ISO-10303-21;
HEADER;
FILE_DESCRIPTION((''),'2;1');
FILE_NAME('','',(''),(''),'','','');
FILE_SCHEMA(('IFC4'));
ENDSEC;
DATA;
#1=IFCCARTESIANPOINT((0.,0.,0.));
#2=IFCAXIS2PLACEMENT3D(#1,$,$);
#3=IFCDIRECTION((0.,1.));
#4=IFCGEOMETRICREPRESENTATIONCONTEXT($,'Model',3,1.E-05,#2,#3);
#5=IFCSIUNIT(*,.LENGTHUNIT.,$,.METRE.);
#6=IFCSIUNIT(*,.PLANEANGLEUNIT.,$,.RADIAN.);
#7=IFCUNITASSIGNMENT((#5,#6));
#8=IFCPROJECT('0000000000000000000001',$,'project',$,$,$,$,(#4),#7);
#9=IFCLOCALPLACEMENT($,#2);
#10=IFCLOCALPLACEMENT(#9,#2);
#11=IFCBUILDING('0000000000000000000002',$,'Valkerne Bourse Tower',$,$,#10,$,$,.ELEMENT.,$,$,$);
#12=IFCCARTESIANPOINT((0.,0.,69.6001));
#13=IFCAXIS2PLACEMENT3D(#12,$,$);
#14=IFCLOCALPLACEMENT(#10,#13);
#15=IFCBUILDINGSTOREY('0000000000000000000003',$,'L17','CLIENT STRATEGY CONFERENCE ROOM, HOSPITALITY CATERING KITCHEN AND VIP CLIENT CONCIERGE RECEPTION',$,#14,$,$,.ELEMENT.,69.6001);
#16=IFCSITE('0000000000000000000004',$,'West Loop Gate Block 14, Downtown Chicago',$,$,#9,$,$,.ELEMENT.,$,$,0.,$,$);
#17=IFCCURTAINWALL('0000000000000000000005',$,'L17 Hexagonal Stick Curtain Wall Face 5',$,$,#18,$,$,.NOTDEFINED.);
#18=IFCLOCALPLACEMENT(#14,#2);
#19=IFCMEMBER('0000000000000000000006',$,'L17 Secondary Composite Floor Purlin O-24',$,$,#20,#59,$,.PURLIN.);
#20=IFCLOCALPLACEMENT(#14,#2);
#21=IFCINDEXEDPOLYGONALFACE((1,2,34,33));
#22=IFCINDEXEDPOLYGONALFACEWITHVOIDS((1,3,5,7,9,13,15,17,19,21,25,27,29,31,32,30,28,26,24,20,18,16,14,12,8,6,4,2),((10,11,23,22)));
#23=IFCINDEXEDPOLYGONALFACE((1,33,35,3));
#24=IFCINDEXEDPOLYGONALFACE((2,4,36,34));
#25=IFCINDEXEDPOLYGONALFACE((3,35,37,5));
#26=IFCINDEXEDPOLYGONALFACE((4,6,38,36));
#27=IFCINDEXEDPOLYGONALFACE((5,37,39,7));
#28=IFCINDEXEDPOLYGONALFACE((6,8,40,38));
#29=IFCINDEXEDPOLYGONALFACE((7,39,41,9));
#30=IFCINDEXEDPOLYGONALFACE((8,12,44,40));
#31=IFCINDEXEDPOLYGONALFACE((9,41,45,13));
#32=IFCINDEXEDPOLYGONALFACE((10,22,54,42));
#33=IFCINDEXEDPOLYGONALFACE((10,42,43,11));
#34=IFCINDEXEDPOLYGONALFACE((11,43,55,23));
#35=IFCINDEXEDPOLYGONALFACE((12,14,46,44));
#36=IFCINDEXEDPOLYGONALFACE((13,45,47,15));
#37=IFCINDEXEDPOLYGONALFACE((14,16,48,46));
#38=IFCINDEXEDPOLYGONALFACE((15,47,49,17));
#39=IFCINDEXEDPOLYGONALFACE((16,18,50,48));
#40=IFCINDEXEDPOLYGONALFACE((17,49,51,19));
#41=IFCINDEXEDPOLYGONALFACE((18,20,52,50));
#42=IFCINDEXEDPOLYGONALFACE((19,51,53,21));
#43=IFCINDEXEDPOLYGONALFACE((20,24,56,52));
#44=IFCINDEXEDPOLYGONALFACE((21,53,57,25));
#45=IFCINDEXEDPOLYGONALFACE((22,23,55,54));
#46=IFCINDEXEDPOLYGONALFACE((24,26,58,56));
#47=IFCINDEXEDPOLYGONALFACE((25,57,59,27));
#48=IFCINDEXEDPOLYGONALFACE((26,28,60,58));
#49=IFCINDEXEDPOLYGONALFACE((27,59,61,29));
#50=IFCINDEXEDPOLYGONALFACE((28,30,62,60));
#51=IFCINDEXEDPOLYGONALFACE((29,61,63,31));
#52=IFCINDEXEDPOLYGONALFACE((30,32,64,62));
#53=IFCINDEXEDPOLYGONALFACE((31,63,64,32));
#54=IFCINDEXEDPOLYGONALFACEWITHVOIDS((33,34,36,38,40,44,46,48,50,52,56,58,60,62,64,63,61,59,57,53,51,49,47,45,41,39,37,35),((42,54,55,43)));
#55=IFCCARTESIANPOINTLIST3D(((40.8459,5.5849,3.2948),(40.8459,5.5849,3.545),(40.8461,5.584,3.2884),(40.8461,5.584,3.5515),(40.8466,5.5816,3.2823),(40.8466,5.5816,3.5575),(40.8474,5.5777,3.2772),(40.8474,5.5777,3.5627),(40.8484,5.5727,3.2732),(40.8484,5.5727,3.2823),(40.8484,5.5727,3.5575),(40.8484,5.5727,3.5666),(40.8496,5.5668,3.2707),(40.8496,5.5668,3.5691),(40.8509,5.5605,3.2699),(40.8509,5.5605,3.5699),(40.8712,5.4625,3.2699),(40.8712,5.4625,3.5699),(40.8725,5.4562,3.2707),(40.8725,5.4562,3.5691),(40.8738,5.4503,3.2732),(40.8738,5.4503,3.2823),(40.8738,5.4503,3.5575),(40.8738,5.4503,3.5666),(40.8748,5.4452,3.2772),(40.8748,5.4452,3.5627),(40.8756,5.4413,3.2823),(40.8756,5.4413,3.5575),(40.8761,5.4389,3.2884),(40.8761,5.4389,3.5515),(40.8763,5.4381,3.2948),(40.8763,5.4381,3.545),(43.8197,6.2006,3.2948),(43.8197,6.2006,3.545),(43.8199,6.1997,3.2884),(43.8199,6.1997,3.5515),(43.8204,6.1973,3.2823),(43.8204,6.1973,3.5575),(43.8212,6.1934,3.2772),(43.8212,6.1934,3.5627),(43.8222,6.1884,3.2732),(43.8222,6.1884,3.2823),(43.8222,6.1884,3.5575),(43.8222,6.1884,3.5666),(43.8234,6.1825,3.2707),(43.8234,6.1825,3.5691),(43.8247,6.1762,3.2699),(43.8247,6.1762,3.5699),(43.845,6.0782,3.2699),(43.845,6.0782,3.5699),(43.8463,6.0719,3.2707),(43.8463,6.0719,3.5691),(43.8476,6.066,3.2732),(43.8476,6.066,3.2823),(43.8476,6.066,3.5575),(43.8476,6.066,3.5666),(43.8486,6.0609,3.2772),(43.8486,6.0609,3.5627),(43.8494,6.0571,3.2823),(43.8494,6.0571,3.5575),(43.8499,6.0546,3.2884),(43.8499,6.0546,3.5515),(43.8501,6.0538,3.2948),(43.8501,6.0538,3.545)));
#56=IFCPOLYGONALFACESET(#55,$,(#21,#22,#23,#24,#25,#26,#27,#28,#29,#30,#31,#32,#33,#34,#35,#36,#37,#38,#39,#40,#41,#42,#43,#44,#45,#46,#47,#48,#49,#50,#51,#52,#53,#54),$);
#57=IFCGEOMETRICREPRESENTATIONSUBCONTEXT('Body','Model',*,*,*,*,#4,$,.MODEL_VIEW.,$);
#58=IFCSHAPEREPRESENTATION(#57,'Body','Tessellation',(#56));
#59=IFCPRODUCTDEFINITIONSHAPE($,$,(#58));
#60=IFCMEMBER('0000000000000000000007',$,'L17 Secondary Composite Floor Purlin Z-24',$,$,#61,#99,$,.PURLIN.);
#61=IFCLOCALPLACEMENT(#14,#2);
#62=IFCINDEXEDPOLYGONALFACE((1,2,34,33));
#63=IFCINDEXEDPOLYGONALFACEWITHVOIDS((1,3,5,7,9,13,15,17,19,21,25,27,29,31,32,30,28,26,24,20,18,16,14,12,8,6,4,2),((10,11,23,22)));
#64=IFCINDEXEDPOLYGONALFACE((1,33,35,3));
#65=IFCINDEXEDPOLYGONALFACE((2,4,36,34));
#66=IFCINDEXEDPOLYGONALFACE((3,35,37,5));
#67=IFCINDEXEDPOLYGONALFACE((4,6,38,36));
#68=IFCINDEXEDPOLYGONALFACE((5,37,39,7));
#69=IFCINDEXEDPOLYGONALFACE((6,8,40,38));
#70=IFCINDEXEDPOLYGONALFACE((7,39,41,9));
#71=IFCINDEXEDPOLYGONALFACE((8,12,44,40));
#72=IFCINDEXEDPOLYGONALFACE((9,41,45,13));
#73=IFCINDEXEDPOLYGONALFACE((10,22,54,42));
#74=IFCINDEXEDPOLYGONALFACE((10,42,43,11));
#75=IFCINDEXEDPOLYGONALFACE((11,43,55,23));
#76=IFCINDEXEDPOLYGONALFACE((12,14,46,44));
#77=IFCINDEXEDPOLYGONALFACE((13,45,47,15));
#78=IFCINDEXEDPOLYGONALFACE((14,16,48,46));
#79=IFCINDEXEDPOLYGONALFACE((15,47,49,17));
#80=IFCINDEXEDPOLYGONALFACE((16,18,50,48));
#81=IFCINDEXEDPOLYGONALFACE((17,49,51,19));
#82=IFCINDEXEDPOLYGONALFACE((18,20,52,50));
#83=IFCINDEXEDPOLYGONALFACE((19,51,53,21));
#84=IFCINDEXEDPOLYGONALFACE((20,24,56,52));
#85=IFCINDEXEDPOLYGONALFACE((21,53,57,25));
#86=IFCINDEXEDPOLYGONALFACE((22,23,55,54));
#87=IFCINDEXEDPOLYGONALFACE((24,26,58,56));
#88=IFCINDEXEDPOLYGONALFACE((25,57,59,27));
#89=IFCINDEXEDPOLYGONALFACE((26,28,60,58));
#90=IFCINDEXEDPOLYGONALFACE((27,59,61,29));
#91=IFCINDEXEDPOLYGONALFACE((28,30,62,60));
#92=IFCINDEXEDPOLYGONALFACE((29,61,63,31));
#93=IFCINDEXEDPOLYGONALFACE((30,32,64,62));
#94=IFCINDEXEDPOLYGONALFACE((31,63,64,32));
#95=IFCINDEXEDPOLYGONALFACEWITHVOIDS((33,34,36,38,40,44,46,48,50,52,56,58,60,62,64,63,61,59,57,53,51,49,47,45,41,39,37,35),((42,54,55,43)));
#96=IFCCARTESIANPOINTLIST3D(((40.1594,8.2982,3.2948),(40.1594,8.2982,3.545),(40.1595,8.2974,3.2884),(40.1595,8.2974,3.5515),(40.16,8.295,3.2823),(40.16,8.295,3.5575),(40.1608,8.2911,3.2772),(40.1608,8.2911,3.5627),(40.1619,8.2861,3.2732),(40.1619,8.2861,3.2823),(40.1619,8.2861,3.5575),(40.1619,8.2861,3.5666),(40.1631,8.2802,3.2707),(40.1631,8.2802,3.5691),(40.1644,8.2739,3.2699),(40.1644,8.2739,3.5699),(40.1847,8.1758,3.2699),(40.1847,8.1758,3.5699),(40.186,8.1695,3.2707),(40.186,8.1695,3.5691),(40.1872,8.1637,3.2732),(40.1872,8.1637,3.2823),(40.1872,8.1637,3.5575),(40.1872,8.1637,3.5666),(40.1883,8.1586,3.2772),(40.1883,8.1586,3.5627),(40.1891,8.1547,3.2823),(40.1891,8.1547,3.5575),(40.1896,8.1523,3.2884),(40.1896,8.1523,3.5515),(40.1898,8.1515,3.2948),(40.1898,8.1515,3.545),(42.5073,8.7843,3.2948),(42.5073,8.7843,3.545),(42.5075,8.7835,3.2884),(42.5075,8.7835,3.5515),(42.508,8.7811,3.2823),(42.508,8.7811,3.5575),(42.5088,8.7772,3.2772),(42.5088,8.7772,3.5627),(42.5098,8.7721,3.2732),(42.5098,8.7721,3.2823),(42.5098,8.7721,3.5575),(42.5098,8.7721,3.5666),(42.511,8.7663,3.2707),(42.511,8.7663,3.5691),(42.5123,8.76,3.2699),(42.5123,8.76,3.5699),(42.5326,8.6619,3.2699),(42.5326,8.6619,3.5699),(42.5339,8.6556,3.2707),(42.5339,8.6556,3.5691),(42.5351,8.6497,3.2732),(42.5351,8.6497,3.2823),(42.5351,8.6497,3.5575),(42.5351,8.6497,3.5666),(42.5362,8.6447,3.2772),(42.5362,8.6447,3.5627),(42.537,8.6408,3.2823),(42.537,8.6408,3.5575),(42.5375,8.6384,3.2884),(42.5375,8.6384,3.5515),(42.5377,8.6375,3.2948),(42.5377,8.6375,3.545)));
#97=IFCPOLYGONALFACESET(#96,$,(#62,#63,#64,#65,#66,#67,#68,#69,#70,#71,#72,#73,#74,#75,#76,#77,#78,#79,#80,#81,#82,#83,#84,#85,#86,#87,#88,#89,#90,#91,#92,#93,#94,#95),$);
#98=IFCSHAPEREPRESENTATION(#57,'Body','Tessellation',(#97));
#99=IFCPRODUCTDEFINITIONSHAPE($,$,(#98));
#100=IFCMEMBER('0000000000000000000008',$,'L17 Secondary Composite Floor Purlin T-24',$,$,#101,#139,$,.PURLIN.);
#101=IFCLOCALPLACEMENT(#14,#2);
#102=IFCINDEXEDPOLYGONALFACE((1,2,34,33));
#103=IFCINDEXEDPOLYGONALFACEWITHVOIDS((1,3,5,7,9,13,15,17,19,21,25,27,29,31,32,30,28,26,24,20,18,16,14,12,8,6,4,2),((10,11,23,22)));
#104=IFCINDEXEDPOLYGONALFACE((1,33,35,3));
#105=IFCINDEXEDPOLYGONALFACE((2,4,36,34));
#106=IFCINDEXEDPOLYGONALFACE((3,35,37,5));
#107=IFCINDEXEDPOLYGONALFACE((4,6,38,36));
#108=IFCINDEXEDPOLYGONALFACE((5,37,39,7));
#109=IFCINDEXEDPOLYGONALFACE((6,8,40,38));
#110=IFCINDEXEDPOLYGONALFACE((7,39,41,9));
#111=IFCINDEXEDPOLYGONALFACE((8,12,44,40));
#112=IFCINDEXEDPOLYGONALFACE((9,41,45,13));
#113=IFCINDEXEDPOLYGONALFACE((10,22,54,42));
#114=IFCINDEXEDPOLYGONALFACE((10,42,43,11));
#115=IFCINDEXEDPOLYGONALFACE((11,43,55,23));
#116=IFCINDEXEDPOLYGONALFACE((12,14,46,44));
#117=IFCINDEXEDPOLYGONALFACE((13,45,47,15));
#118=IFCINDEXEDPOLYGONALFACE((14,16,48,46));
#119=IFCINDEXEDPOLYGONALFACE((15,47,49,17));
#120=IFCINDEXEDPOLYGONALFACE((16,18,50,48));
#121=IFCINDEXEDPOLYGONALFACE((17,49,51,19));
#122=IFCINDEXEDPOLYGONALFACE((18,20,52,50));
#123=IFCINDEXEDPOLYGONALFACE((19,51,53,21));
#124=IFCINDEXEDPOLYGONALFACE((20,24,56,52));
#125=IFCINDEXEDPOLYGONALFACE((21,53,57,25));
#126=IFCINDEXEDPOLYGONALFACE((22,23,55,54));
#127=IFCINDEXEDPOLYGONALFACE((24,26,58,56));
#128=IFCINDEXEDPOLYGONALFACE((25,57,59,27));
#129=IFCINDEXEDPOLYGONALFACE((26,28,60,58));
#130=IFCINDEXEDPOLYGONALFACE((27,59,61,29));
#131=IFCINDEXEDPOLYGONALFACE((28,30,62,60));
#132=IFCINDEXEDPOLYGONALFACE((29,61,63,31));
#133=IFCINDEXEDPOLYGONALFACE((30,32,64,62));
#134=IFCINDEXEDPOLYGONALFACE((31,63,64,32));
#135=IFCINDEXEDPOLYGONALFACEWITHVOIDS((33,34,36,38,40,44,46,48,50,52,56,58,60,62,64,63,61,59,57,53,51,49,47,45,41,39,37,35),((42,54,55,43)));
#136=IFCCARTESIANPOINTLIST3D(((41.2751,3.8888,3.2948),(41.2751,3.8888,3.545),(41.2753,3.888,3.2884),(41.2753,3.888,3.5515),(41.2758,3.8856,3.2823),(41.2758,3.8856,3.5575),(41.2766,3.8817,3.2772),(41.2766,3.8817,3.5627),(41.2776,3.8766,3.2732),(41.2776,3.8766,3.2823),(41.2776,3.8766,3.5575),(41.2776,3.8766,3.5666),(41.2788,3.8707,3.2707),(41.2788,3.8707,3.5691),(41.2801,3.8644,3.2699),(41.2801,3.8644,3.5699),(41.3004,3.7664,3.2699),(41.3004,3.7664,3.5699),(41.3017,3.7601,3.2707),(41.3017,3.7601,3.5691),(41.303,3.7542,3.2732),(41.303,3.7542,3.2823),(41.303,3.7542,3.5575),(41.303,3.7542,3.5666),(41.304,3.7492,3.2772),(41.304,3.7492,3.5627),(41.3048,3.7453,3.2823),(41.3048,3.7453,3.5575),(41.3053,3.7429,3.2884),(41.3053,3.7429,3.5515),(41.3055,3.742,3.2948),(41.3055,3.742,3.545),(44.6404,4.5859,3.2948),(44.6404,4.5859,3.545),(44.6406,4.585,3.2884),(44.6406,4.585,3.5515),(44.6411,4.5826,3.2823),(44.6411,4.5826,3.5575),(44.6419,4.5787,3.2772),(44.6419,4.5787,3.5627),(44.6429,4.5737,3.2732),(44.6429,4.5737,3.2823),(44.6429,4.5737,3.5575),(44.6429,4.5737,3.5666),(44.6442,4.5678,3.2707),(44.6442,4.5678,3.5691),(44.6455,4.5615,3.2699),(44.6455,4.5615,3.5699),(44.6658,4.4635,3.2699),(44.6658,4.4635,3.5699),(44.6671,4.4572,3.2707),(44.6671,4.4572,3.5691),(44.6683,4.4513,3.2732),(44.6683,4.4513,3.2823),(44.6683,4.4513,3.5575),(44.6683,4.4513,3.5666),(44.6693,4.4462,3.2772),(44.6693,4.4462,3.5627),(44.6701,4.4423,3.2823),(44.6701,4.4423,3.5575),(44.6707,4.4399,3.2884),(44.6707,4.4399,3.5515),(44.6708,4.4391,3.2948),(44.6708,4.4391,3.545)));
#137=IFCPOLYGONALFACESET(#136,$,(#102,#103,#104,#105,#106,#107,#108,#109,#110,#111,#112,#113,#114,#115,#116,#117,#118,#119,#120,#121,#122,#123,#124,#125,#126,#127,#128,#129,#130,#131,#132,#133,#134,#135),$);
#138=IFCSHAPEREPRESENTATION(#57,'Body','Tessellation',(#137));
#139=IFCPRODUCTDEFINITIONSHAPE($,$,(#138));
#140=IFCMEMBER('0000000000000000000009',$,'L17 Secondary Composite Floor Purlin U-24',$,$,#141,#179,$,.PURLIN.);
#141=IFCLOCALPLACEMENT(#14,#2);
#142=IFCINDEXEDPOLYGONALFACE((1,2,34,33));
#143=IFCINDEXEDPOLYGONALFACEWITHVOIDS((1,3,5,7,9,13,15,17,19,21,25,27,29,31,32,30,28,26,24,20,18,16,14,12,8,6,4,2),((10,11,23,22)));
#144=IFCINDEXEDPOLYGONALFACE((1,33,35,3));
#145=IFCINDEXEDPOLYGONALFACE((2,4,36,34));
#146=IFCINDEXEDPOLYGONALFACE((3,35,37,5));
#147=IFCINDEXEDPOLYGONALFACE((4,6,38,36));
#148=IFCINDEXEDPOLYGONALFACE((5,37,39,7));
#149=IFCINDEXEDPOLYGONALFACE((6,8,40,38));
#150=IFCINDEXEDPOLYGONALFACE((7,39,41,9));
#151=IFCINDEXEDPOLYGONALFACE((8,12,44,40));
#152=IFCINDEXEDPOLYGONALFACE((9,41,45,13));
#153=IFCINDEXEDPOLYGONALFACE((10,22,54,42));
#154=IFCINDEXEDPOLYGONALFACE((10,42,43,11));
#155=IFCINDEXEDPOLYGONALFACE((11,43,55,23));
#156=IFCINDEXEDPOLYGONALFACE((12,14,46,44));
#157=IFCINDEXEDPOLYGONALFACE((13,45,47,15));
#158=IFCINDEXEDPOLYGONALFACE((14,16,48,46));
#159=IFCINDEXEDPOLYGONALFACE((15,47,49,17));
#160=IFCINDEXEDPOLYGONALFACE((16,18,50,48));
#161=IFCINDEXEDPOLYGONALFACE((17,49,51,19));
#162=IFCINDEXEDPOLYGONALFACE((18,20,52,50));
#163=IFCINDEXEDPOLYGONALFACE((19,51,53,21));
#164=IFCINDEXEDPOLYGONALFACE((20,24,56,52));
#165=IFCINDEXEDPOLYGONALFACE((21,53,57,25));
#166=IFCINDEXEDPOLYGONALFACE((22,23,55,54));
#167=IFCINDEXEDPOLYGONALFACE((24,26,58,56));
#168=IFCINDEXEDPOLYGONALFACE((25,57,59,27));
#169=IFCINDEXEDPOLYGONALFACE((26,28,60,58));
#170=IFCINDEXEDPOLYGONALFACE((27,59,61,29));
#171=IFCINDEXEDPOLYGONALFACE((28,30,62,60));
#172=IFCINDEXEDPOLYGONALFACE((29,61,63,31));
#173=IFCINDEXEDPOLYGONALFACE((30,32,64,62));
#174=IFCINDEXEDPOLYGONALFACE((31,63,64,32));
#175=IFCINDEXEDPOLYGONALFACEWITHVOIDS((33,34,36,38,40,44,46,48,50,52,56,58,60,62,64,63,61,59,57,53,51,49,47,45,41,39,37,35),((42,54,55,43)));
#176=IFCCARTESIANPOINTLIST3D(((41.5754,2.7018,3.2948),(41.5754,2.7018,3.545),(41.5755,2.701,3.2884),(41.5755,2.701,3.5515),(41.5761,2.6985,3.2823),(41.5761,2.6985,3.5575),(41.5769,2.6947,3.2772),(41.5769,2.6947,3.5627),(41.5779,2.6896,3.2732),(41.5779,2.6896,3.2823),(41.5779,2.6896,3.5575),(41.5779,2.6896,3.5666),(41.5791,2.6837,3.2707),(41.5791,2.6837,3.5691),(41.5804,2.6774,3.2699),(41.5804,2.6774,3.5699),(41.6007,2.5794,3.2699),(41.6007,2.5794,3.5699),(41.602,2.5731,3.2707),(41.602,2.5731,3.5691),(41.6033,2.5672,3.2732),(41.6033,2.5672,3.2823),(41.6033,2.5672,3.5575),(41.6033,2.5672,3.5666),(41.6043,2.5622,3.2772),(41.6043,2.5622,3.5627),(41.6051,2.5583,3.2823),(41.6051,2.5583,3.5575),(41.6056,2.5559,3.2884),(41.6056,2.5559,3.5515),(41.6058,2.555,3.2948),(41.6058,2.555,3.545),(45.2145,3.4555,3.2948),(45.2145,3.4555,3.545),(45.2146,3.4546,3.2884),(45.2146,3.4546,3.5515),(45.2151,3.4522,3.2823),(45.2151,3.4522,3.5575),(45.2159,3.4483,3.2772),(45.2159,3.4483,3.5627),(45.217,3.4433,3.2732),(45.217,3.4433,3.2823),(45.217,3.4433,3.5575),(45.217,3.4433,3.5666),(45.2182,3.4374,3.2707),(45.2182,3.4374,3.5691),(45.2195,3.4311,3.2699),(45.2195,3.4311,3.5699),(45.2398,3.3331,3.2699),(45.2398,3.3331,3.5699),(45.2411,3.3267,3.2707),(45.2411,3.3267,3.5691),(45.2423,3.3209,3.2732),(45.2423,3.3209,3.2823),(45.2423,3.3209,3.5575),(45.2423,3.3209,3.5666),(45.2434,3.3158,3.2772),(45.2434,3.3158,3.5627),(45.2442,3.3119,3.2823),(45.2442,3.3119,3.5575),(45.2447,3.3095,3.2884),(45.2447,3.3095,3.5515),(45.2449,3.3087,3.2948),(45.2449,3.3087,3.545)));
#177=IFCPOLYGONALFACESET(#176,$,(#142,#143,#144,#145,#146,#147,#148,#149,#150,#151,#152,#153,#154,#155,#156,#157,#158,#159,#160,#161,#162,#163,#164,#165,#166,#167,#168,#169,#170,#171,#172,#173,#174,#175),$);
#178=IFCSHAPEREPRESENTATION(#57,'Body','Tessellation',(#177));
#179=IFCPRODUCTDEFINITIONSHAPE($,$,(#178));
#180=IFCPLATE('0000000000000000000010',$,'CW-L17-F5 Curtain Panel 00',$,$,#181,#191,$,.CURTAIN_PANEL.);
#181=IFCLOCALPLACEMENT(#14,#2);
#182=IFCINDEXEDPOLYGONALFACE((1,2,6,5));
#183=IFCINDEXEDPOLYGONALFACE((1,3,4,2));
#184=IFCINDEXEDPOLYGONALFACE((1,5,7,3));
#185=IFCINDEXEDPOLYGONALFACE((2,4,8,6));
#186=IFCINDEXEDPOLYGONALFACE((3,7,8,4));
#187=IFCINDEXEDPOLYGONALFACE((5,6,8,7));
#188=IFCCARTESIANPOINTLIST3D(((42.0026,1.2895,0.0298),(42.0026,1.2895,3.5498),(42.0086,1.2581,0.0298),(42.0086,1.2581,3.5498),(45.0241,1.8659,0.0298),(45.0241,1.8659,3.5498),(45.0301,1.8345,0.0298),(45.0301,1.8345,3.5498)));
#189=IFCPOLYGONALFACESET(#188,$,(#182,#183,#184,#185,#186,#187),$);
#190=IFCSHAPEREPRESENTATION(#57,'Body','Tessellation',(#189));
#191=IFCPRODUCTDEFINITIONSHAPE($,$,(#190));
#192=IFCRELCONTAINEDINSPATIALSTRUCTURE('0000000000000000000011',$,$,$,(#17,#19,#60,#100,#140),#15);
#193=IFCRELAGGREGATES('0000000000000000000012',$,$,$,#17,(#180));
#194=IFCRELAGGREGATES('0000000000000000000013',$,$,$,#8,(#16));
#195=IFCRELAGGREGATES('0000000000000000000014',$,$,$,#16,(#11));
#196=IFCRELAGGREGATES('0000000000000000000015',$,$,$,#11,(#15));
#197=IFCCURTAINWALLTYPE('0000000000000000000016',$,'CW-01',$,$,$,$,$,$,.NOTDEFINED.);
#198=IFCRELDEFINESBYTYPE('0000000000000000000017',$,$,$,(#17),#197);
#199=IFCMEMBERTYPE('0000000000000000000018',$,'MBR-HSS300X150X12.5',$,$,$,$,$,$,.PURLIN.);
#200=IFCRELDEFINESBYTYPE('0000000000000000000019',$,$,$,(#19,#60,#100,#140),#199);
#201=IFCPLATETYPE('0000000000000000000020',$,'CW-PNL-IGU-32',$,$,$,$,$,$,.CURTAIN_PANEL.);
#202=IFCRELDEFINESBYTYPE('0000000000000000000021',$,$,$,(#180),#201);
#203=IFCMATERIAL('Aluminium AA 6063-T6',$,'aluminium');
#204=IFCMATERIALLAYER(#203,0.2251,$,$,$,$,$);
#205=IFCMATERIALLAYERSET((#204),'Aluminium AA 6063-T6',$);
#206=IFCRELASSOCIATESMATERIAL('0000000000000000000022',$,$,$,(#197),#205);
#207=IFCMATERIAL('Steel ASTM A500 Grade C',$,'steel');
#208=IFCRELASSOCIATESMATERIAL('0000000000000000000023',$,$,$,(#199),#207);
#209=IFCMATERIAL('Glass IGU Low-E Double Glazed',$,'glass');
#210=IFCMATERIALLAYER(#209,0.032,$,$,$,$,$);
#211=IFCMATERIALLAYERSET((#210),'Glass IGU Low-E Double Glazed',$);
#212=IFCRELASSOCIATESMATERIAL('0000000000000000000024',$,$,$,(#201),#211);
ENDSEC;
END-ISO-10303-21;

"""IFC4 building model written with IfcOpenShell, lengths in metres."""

from ifc_helpers import new_model, si_unit, direction, frame, origin, origin_2d, place, context, subcontext, project, spatial, rectangle, hollow_rectangle, extrude, material, layer, layer_set, material_profile, profile_set, type_object, element, aggregate, save


model = new_model("IFC4")

# Units and contexts
model_context = context("Model", 3, precision=1e-05, world=origin(), true_north=direction((0.0, 1.0)))
body_context = subcontext(model_context, "Body", "Model", "MODEL_VIEW")
ifc_project = project(units=[si_unit("LENGTHUNIT", "METRE"), si_unit("PLANEANGLEUNIT", "RADIAN")], contexts=[model_context])

# Site, building, storey
site_placement = place(None, origin())
site = spatial("IfcSite", under=ifc_project, at=site_placement, Name="West Loop Gate Block 14, Downtown Chicago", CompositionType="ELEMENT", RefElevation=0.0)
building_placement = place(site_placement, origin())
building = spatial("IfcBuilding", under=site, at=building_placement, Name="Valkerne Bourse Tower", CompositionType="ELEMENT")
storey_placement = place(building_placement, frame((0.0, 0.0, 69.6001)))
storey = spatial("IfcBuildingStorey", under=building, at=storey_placement, Name="L17", Description="CLIENT STRATEGY CONFERENCE ROOM, HOSPITALITY CATERING KITCHEN AND VIP CLIENT CONCIERGE RECEPTION", CompositionType="ELEMENT", Elevation=69.6001)

# Curtain wall
ifc_material_1 = material(Name="Aluminium AA 6063-T6", Category="aluminium")
ifc_layer_1 = layer(ifc_material_1, 0.2251)
ifc_layer_set_1 = layer_set([ifc_layer_1], Name="Aluminium AA 6063-T6")
curtain_wall_type = type_object("IfcCurtainWallType", Name="CW-01", PredefinedType="NOTDEFINED", material=ifc_layer_set_1)
curtain_wall_placement = place(storey_placement, origin())
curtain_wall = element("IfcCurtainWall", 1, at=curtain_wall_placement, inside=storey, type_object=curtain_wall_type, Name="L17 Hexagonal Stick Curtain Wall Face 5", PredefinedType="NOTDEFINED")

# Members
ifc_material_2 = material(Name="Steel ASTM A500 Grade C", Category="steel")
ifc_material_profile_1 = material_profile(ifc_material_2, hollow_rectangle(XDim=0.1499, YDim=0.3, WallThickness=0.0125, OuterFilletRadius=0.0249, at=origin_2d()), Name="HSS300X150X12.5")
ifc_profile_set_1 = profile_set([ifc_material_profile_1], Name="Steel ASTM A500 Grade C")
member_type_1 = type_object("IfcMemberType", Name="MBR-HSS300X150X12.5", PredefinedType="PURLIN", material=ifc_profile_set_1)
member_1_placement = place(storey_placement, frame((40.8611, 5.5115, 3.4199), z_axis=(0.979232, 0.202744, 0.0), x_axis=(-0.202744, 0.979232, 0.0)))
element("IfcMember", 2, at=member_1_placement, inside=storey, type_object=member_type_1, Name="L17 Secondary Composite Floor Purlin O-24", PredefinedType="PURLIN", context=body_context, shape_type="SweptSolid", body=[
    extrude(hollow_rectangle(XDim=0.1499, YDim=0.3, WallThickness=0.0125, OuterFilletRadius=0.0249, at=origin_2d()), origin(), (0.0, 0.0, 1.0), 3.0369),
])
member_2_placement = place(storey_placement, frame((40.1746, 8.2249, 3.4199), z_axis=(0.979235, 0.20273, 0.0), x_axis=(-0.20273, 0.979235, 0.0)))
element("IfcMember", 3, at=member_2_placement, inside=storey, type_object=member_type_1, Name="L17 Secondary Composite Floor Purlin Z-24", PredefinedType="PURLIN", context=body_context, shape_type="SweptSolid", body=[
    extrude(hollow_rectangle(XDim=0.1499, YDim=0.3, WallThickness=0.0125, OuterFilletRadius=0.0249, at=origin_2d()), origin(), (0.0, 0.0, 1.0), 2.3977),
])
member_3_placement = place(storey_placement, frame((41.2903, 3.8154, 3.4199), z_axis=(0.979216, 0.202819, 0.0), x_axis=(-0.202819, 0.979216, 0.0)))
element("IfcMember", 4, at=member_3_placement, inside=storey, type_object=member_type_1, Name="L17 Secondary Composite Floor Purlin T-24", PredefinedType="PURLIN", context=body_context, shape_type="SweptSolid", body=[
    extrude(hollow_rectangle(XDim=0.1499, YDim=0.3, WallThickness=0.0125, OuterFilletRadius=0.0249, at=origin_2d()), origin(), (0.0, 0.0, 1.0), 3.4368),
])
member_4_placement = place(storey_placement, frame((41.5906, 2.6284, 3.4199), z_axis=(0.979221, 0.202795, 0.0), x_axis=(-0.202795, 0.979221, 0.0)))
element("IfcMember", 5, at=member_4_placement, inside=storey, type_object=member_type_1, Name="L17 Secondary Composite Floor Purlin U-24", PredefinedType="PURLIN", context=body_context, shape_type="SweptSolid", body=[
    extrude(hollow_rectangle(XDim=0.1499, YDim=0.3, WallThickness=0.0125, OuterFilletRadius=0.0249, at=origin_2d()), origin(), (0.0, 0.0, 1.0), 3.7163),
])

# Plate
ifc_material_3 = material(Name="Glass IGU Low-E Double Glazed", Category="glass")
ifc_layer_2 = layer(ifc_material_3, 0.032)
ifc_layer_set_2 = layer_set([ifc_layer_2], Name="Glass IGU Low-E Double Glazed")
plate_type = type_object("IfcPlateType", Name="CW-PNL-IGU-32", PredefinedType="CURTAIN_PANEL", material=ifc_layer_set_2)
plate_1_placement = place(storey_placement, frame((43.5164, 1.562, 0.0298), z_axis=(0.0, 0.0, 1.0), x_axis=(0.982287, 0.187383, 0.0)))
plate_1 = element("IfcPlate", 6, at=plate_1_placement, type_object=plate_type, Name="CW-L17-F5 Curtain Panel 00", PredefinedType="CURTAIN_PANEL", context=body_context, shape_type="SweptSolid", body=[
    extrude(rectangle(XDim=3.0759, YDim=0.032, at=origin_2d()), origin(), (0.0, 0.0, 1.0), 3.52),
])
aggregate(curtain_wall, [plate_1])

save(model, "model.ifc")
